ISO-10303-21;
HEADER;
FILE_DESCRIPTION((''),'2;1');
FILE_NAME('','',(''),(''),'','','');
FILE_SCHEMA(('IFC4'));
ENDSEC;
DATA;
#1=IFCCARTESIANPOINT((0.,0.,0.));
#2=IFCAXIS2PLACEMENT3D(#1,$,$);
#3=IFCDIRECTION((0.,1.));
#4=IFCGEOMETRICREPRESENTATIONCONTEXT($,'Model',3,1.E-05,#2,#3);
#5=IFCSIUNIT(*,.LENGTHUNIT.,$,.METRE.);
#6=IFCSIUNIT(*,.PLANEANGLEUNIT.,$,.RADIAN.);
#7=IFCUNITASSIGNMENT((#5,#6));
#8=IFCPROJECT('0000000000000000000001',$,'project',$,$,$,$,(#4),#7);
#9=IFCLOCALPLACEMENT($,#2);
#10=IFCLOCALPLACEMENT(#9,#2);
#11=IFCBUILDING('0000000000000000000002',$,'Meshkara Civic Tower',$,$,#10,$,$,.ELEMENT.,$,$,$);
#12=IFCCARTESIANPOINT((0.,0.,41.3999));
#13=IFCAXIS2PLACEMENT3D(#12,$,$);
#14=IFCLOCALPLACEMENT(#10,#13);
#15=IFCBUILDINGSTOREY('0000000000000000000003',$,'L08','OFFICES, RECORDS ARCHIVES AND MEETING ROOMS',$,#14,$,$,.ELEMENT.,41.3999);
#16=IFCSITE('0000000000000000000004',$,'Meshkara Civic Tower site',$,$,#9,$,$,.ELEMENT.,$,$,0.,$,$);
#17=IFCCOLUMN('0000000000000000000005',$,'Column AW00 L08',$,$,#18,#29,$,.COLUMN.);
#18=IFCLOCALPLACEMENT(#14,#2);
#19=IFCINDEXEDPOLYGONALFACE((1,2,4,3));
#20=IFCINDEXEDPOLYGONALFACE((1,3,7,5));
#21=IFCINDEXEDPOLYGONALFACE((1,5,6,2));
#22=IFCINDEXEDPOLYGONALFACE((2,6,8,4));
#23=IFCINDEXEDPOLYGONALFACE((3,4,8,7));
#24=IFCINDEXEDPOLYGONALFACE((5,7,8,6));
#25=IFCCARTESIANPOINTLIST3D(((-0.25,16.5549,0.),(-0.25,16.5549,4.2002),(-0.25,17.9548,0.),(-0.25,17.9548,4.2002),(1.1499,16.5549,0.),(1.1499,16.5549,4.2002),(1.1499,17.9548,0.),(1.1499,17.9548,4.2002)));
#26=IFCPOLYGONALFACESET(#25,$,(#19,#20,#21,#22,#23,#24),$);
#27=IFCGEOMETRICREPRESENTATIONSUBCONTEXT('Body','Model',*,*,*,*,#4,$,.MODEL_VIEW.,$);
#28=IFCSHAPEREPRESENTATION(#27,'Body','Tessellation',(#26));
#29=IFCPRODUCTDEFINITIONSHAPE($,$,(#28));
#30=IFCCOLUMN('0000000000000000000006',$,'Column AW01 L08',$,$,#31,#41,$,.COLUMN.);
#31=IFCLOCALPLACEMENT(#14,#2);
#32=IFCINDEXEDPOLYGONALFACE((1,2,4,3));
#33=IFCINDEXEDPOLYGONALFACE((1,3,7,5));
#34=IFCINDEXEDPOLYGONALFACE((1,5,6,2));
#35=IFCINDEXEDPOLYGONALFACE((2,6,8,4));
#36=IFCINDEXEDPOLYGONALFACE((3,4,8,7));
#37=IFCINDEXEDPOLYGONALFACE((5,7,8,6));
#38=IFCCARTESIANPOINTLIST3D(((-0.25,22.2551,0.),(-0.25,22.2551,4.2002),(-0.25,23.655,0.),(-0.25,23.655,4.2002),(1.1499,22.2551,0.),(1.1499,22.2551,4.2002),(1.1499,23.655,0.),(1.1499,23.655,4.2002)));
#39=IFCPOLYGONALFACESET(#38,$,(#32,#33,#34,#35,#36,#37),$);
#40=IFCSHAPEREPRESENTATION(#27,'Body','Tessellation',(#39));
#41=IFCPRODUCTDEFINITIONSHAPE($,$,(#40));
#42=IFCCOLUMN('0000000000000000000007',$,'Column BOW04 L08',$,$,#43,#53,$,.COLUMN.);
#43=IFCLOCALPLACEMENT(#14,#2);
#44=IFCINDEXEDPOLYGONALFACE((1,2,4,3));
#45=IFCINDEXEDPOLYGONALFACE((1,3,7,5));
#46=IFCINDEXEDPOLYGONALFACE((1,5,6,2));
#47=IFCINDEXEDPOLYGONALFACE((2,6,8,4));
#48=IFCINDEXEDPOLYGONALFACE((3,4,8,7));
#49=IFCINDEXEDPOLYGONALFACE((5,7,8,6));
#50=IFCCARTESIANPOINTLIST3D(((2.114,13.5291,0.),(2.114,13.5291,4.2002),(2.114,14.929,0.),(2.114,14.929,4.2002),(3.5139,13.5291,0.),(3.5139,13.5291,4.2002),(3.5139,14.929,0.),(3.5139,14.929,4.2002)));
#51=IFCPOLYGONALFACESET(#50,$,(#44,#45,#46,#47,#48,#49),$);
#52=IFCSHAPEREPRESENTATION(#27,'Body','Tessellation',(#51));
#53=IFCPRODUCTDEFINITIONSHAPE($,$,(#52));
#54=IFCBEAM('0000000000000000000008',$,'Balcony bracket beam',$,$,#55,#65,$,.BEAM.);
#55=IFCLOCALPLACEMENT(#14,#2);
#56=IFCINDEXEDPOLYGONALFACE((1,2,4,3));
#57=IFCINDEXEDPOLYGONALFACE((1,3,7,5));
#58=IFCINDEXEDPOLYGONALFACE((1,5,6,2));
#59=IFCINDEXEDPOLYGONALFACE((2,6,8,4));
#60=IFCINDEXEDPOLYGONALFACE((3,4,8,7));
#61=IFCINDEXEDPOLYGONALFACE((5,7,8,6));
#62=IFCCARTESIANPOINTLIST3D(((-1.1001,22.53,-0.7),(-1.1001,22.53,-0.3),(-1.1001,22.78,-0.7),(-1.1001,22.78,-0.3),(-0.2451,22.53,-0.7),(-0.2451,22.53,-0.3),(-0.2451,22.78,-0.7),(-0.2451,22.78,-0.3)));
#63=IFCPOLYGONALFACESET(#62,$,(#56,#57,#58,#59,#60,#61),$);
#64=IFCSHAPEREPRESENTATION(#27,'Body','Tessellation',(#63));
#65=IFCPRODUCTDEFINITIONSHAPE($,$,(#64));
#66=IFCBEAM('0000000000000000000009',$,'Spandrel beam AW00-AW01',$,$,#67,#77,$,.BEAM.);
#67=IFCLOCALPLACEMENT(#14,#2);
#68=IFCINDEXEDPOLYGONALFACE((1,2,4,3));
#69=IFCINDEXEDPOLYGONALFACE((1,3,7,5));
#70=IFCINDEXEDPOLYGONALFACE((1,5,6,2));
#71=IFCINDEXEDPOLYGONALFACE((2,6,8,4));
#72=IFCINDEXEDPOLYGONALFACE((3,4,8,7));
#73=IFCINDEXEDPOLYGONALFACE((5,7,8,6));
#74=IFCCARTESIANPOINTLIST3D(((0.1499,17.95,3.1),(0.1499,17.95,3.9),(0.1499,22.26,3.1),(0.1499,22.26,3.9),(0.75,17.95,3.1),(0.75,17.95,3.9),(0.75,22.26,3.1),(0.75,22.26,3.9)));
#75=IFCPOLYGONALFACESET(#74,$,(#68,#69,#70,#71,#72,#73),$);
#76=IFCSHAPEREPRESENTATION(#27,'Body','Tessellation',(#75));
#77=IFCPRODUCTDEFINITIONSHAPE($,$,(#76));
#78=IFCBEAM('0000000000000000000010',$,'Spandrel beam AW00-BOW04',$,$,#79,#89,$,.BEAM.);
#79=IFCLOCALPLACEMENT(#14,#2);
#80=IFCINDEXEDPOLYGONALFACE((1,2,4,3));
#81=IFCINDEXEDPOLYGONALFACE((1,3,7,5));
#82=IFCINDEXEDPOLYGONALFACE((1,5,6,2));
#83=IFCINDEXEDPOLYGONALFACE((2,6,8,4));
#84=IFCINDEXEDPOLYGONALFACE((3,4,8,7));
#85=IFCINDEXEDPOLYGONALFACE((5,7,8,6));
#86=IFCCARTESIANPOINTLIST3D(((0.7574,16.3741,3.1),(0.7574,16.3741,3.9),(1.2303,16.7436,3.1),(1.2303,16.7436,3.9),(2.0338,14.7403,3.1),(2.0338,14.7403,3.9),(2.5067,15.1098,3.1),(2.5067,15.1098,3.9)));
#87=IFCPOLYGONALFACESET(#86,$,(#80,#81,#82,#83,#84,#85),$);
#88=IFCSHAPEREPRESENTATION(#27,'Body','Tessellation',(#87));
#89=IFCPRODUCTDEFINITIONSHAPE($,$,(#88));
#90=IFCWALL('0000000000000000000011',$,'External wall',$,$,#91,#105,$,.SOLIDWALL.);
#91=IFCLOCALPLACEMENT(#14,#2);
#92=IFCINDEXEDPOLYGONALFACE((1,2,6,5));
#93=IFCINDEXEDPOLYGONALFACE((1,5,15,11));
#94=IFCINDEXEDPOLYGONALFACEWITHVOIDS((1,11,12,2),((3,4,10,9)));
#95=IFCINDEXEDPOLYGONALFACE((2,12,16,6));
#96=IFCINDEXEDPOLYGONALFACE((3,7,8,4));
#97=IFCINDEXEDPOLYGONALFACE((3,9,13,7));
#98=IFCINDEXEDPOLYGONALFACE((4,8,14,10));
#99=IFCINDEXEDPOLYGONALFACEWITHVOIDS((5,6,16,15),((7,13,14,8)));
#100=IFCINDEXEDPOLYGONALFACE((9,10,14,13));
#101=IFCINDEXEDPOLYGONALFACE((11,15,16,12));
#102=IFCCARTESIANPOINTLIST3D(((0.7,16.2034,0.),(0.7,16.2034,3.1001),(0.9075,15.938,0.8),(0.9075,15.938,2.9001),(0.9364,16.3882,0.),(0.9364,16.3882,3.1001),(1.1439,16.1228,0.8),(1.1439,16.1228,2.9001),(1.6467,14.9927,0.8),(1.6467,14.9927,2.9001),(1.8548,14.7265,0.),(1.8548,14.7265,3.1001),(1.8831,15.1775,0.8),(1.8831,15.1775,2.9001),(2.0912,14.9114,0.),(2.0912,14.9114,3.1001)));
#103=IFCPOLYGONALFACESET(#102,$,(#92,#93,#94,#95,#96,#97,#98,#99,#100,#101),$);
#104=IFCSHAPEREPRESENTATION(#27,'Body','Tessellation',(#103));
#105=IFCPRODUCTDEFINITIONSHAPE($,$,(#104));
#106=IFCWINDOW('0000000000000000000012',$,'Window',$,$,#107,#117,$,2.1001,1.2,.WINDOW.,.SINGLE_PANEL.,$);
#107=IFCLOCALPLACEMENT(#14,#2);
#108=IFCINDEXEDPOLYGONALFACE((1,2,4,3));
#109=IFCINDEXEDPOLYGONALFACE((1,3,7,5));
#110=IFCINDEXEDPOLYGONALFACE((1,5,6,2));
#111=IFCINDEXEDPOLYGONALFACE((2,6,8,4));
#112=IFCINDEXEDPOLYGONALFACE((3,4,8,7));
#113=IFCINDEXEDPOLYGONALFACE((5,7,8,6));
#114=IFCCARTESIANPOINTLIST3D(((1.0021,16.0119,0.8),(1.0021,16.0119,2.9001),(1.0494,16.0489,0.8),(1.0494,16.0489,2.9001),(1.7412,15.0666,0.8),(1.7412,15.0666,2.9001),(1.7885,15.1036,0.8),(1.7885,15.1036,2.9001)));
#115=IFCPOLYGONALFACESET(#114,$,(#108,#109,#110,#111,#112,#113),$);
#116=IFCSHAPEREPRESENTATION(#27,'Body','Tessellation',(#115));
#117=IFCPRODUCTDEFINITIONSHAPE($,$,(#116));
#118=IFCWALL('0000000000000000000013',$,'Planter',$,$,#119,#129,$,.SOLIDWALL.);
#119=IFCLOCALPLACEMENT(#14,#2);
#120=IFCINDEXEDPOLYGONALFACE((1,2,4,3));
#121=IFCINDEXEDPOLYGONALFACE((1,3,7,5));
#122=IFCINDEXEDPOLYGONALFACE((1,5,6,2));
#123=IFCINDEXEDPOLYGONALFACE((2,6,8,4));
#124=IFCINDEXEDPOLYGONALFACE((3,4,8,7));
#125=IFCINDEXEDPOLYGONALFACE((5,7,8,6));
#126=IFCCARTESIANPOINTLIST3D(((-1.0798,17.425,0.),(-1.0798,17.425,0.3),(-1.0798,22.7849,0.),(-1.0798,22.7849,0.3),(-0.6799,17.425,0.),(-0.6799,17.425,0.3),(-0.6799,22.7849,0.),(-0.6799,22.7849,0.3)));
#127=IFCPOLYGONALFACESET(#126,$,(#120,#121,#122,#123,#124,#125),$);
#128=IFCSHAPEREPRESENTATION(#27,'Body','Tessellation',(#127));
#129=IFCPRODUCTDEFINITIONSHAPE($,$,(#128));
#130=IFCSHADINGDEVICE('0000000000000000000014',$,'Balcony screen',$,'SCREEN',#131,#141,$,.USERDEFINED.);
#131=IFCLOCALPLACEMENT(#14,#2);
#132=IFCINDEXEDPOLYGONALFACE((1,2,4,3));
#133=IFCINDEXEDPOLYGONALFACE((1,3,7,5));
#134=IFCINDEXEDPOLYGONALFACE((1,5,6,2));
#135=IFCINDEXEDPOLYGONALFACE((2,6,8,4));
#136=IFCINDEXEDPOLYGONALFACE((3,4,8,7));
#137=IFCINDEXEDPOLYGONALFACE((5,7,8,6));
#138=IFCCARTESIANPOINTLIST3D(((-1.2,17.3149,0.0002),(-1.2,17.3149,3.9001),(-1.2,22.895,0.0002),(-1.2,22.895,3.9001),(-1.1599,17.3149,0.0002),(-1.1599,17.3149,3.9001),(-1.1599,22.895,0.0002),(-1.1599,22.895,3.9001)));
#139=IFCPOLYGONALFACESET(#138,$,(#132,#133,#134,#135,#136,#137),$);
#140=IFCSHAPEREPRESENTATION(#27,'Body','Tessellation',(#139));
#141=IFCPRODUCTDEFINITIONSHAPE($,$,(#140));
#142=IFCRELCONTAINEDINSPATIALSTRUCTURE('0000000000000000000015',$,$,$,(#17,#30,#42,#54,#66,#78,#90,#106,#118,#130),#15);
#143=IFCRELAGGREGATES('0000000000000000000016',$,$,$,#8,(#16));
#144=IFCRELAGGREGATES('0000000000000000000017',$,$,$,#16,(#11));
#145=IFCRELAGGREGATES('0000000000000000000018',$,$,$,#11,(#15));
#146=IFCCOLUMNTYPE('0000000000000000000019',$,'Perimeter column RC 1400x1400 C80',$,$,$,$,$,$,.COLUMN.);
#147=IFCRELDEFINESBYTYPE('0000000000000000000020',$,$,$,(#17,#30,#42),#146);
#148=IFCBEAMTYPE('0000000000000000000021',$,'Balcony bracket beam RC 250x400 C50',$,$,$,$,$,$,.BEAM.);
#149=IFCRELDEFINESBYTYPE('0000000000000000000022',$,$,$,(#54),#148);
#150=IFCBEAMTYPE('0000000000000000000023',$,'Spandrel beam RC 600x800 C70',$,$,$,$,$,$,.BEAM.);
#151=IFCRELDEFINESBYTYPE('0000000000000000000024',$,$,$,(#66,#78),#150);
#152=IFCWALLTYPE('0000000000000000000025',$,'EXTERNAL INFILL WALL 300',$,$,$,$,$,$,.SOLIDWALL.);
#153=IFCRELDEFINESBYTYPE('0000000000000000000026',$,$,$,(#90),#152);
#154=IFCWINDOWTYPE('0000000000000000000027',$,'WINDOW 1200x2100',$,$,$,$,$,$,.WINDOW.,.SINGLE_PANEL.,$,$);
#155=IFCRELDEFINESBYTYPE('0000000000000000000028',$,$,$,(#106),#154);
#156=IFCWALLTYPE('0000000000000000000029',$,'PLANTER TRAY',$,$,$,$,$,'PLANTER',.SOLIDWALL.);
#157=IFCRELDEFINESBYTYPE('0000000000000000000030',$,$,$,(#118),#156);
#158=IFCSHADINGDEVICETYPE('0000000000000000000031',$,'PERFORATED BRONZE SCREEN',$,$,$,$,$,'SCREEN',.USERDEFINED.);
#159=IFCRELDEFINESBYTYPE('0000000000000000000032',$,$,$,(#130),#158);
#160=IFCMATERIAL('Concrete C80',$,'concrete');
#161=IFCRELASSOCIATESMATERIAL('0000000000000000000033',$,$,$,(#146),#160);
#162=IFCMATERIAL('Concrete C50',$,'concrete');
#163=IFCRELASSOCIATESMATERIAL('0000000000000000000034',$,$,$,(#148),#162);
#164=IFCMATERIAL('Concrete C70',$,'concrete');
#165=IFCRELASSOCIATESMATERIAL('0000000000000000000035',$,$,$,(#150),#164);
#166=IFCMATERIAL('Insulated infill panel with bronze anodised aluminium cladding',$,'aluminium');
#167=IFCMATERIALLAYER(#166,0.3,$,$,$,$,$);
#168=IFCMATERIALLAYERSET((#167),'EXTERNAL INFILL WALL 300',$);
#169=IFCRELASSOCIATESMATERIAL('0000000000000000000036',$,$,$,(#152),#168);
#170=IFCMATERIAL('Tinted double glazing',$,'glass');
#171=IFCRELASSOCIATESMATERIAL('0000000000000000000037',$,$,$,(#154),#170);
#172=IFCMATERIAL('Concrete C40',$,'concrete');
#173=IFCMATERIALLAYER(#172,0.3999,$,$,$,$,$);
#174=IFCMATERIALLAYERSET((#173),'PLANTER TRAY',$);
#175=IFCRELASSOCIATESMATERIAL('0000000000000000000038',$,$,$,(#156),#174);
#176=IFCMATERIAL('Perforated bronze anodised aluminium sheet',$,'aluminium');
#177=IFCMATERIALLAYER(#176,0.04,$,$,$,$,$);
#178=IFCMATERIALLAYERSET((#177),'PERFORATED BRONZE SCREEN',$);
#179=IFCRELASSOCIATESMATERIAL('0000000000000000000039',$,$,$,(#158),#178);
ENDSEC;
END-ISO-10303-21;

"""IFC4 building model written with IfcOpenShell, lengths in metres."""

from ifc_helpers import new_model, si_unit, direction, frame, frame_2d, origin, origin_2d, place, context, subcontext, project, spatial, rectangle, extrude, material, layer, layer_set, material_profile, profile_set, type_object, element, fill, save


model = new_model("IFC4")

# Units and contexts
model_context = context("Model", 3, precision=1e-05, world=origin(), true_north=direction((0.0, 1.0)))
body_context = subcontext(model_context, "Body", "Model", "MODEL_VIEW")
ifc_project = project(units=[si_unit("LENGTHUNIT", "METRE"), si_unit("PLANEANGLEUNIT", "RADIAN")], contexts=[model_context])

# Site, building, storey
site_placement = place(None, origin())
site = spatial("IfcSite", under=ifc_project, at=site_placement, Name="Meshkara Civic Tower site", CompositionType="ELEMENT", RefElevation=0.0)
building_placement = place(site_placement, origin())
building = spatial("IfcBuilding", under=site, at=building_placement, Name="Meshkara Civic Tower", CompositionType="ELEMENT")
storey_placement = place(building_placement, frame((0.0, 0.0, 41.3999)))
storey = spatial("IfcBuildingStorey", under=building, at=storey_placement, Name="L08", Description="OFFICES, RECORDS ARCHIVES AND MEETING ROOMS", CompositionType="ELEMENT", Elevation=41.3999)

# Columns
ifc_material_1 = material(Name="Concrete C80", Category="concrete")
ifc_material_profile_1 = material_profile(ifc_material_1, rectangle(XDim=1.3999, YDim=1.3999, at=origin_2d()))
ifc_profile_set_1 = profile_set([ifc_material_profile_1], Name="Concrete C80")
column_type = type_object("IfcColumnType", Name="Perimeter column RC 1400x1400 C80", PredefinedType="COLUMN", material=ifc_profile_set_1)
for number, where, z_axis, x_axis, name in (
    (1, (0.45, 17.2549, 0.0), (0.0, 0.0, 1.0), (1.0, 0.0, 0.0), "Column AW00 L08"),
    (2, (0.45, 22.9551, 0.0), (0.0, 0.0, 1.0), (1.0, 0.0, 0.0), "Column AW01 L08"),
    (3, (2.814, 14.229, 0.0), (0.0, 0.0, 1.0), (1.0, 0.0, 0.0), "Column BOW04 L08"),
):
    element("IfcColumn", number, at=place(storey_placement, frame(where, z_axis=z_axis, x_axis=x_axis)), inside=storey, type_object=column_type, Name=name, PredefinedType="COLUMN", context=body_context, shape_type="SweptSolid", body=[
        extrude(rectangle(XDim=1.3999, YDim=1.3999, at=origin_2d()), origin(), (0.0, 0.0, 1.0), 4.2002),
    ])

# Beams
ifc_material_2 = material(Name="Concrete C50", Category="concrete")
ifc_material_profile_2 = material_profile(ifc_material_2, rectangle(XDim=0.25, YDim=0.3999, at=origin_2d()))
ifc_profile_set_2 = profile_set([ifc_material_profile_2], Name="Concrete C50")
beam_type_1 = type_object("IfcBeamType", Name="Balcony bracket beam RC 250x400 C50", PredefinedType="BEAM", material=ifc_profile_set_2)
beam_1_placement = place(storey_placement, frame((-0.2451, 22.655, -0.5), z_axis=(-1.0, 0.0, 0.0), x_axis=(0.0, -1.0, 0.0)))
element("IfcBeam", 4, at=beam_1_placement, inside=storey, type_object=beam_type_1, Name="Balcony bracket beam", PredefinedType="BEAM", context=body_context, shape_type="SweptSolid", body=[
    extrude(rectangle(XDim=0.25, YDim=0.3999, at=origin_2d()), origin(), (0.0, 0.0, 1.0), 0.855),
])
ifc_material_3 = material(Name="Concrete C70", Category="concrete")
ifc_material_profile_3 = material_profile(ifc_material_3, rectangle(XDim=0.6001, YDim=0.8, at=origin_2d()))
ifc_profile_set_3 = profile_set([ifc_material_profile_3], Name="Concrete C70")
beam_type_2 = type_object("IfcBeamType", Name="Spandrel beam RC 600x800 C70", PredefinedType="BEAM", material=ifc_profile_set_3)
beam_2_placement = place(storey_placement, frame((0.45, 22.26, 3.5), z_axis=(0.0, -1.0, 0.0), x_axis=(1.0, 0.0, 0.0)))
element("IfcBeam", 5, at=beam_2_placement, inside=storey, type_object=beam_type_2, Name="Spandrel beam AW00-AW01", PredefinedType="BEAM", context=body_context, shape_type="SweptSolid", body=[
    extrude(rectangle(XDim=0.6001, YDim=0.8, at=origin_2d()), origin(), (0.0, 0.0, 1.0), 4.3101),
])
beam_3_placement = place(storey_placement, frame((0.9939, 16.5588, 3.5), z_axis=(0.615635, -0.788032, 0.0), x_axis=(0.788032, 0.615635, 0.0)))
element("IfcBeam", 6, at=beam_3_placement, inside=storey, type_object=beam_type_2, Name="Spandrel beam AW00-BOW04", PredefinedType="BEAM", context=body_context, shape_type="SweptSolid", body=[
    extrude(rectangle(XDim=0.6001, YDim=0.8, at=origin_2d()), origin(), (0.0, 0.0, 1.0), 2.0732),
])

# Wall, opening, window
ifc_material_4 = material(Name="Insulated infill panel with bronze anodised aluminium cladding", Category="aluminium")
ifc_layer_1 = layer(ifc_material_4, 0.3)
ifc_layer_set_1 = layer_set([ifc_layer_1], Name="EXTERNAL INFILL WALL 300")
wall_type_1 = type_object("IfcWallType", Name="EXTERNAL INFILL WALL 300", PredefinedType="SOLIDWALL", material=ifc_layer_set_1)
wall_1_placement = place(storey_placement, frame((0.8181, 16.2959, 0.0), z_axis=(0.0, 0.0, 1.0), x_axis=(0.615985, -0.787758, 0.0)))
wall_1 = element("IfcWall", 7, at=wall_1_placement, inside=storey, type_object=wall_type_1, Name="External wall", PredefinedType="SOLIDWALL", context=body_context, shape_type="SweptSolid", body=[
    extrude(rectangle(XDim=1.8748, YDim=0.3, at=frame_2d((0.9375, 0.0))), origin(), (0.0, 0.0, 1.0), 3.1001),
])
opening_1_placement = place(wall_1_placement, frame((0.3369, 0.0, 0.8)))
opening_1 = element("IfcOpeningElement", 8, at=opening_1_placement, cuts=wall_1, PredefinedType="OPENING", context=body_context, shape_type="SweptSolid", body=[
    extrude(rectangle(XDim=1.2, YDim=2.1001, at=frame_2d((0.6001, 1.05))), frame((0.0, 0.1599, 0.0), z_axis=(0.0, -1.0, 0.0), x_axis=(1.0, 0.0, 0.0)), (0.0, 0.0, 1.0), 0.3201),
])
ifc_material_5 = material(Name="Tinted double glazing", Category="glass")
window_type = type_object("IfcWindowType", Name="WINDOW 1200x2100", PartitioningType="SINGLE_PANEL", PredefinedType="WINDOW", material=ifc_material_5)
window_placement = place(opening_1_placement, origin())
window = element("IfcWindow", 9, at=window_placement, inside=storey, type_object=window_type, Name="Window", OverallHeight=2.1001, OverallWidth=1.2, PartitioningType="SINGLE_PANEL", PredefinedType="WINDOW", context=body_context, shape_type="SweptSolid", body=[
    extrude(rectangle(XDim=1.2, YDim=2.1001, at=frame_2d((0.6001, 1.05))), frame((0.0, 0.03, 0.0), z_axis=(0.0, -1.0, 0.0), x_axis=(1.0, 0.0, 0.0)), (0.0, 0.0, 1.0), 0.0601),
])
fill(opening_1, window)

# Wall
ifc_material_6 = material(Name="Concrete C40", Category="concrete")
ifc_layer_2 = layer(ifc_material_6, 0.3999)
ifc_layer_set_2 = layer_set([ifc_layer_2], Name="PLANTER TRAY")
wall_type_2 = type_object("IfcWallType", Name="PLANTER TRAY", ElementType="PLANTER", PredefinedType="SOLIDWALL", material=ifc_layer_set_2)
wall_2_placement = place(storey_placement, frame((-0.8799, 22.7849, 0.0), z_axis=(0.0, 0.0, 1.0), x_axis=(0.0, -1.0, 0.0)))
element("IfcWall", 10, at=wall_2_placement, inside=storey, type_object=wall_type_2, Name="Planter", PredefinedType="SOLIDWALL", context=body_context, shape_type="SweptSolid", body=[
    extrude(rectangle(XDim=5.3599, YDim=0.3999, at=frame_2d((2.6799, 0.0))), origin(), (0.0, 0.0, 1.0), 0.3),
])

# Shading device
ifc_material_7 = material(Name="Perforated bronze anodised aluminium sheet", Category="aluminium")
ifc_layer_3 = layer(ifc_material_7, 0.04)
ifc_layer_set_3 = layer_set([ifc_layer_3], Name="PERFORATED BRONZE SCREEN")
shading_device_type = type_object("IfcShadingDeviceType", Name="PERFORATED BRONZE SCREEN", ElementType="SCREEN", PredefinedType="USERDEFINED", material=ifc_layer_set_3)
shading_device_placement = place(storey_placement, frame((-1.1799, 20.105, 0.0002), z_axis=(0.0, 0.0, 1.0), x_axis=(0.0, -1.0, 0.0)))
element("IfcShadingDevice", 11, at=shading_device_placement, inside=storey, type_object=shading_device_type, Name="Balcony screen", ObjectType="SCREEN", PredefinedType="USERDEFINED", context=body_context, shape_type="SweptSolid", body=[
    extrude(rectangle(XDim=5.5801, YDim=0.04, at=origin_2d()), origin(), (0.0, 0.0, 1.0), 3.8999),
])

save(model, "model.ifc")
